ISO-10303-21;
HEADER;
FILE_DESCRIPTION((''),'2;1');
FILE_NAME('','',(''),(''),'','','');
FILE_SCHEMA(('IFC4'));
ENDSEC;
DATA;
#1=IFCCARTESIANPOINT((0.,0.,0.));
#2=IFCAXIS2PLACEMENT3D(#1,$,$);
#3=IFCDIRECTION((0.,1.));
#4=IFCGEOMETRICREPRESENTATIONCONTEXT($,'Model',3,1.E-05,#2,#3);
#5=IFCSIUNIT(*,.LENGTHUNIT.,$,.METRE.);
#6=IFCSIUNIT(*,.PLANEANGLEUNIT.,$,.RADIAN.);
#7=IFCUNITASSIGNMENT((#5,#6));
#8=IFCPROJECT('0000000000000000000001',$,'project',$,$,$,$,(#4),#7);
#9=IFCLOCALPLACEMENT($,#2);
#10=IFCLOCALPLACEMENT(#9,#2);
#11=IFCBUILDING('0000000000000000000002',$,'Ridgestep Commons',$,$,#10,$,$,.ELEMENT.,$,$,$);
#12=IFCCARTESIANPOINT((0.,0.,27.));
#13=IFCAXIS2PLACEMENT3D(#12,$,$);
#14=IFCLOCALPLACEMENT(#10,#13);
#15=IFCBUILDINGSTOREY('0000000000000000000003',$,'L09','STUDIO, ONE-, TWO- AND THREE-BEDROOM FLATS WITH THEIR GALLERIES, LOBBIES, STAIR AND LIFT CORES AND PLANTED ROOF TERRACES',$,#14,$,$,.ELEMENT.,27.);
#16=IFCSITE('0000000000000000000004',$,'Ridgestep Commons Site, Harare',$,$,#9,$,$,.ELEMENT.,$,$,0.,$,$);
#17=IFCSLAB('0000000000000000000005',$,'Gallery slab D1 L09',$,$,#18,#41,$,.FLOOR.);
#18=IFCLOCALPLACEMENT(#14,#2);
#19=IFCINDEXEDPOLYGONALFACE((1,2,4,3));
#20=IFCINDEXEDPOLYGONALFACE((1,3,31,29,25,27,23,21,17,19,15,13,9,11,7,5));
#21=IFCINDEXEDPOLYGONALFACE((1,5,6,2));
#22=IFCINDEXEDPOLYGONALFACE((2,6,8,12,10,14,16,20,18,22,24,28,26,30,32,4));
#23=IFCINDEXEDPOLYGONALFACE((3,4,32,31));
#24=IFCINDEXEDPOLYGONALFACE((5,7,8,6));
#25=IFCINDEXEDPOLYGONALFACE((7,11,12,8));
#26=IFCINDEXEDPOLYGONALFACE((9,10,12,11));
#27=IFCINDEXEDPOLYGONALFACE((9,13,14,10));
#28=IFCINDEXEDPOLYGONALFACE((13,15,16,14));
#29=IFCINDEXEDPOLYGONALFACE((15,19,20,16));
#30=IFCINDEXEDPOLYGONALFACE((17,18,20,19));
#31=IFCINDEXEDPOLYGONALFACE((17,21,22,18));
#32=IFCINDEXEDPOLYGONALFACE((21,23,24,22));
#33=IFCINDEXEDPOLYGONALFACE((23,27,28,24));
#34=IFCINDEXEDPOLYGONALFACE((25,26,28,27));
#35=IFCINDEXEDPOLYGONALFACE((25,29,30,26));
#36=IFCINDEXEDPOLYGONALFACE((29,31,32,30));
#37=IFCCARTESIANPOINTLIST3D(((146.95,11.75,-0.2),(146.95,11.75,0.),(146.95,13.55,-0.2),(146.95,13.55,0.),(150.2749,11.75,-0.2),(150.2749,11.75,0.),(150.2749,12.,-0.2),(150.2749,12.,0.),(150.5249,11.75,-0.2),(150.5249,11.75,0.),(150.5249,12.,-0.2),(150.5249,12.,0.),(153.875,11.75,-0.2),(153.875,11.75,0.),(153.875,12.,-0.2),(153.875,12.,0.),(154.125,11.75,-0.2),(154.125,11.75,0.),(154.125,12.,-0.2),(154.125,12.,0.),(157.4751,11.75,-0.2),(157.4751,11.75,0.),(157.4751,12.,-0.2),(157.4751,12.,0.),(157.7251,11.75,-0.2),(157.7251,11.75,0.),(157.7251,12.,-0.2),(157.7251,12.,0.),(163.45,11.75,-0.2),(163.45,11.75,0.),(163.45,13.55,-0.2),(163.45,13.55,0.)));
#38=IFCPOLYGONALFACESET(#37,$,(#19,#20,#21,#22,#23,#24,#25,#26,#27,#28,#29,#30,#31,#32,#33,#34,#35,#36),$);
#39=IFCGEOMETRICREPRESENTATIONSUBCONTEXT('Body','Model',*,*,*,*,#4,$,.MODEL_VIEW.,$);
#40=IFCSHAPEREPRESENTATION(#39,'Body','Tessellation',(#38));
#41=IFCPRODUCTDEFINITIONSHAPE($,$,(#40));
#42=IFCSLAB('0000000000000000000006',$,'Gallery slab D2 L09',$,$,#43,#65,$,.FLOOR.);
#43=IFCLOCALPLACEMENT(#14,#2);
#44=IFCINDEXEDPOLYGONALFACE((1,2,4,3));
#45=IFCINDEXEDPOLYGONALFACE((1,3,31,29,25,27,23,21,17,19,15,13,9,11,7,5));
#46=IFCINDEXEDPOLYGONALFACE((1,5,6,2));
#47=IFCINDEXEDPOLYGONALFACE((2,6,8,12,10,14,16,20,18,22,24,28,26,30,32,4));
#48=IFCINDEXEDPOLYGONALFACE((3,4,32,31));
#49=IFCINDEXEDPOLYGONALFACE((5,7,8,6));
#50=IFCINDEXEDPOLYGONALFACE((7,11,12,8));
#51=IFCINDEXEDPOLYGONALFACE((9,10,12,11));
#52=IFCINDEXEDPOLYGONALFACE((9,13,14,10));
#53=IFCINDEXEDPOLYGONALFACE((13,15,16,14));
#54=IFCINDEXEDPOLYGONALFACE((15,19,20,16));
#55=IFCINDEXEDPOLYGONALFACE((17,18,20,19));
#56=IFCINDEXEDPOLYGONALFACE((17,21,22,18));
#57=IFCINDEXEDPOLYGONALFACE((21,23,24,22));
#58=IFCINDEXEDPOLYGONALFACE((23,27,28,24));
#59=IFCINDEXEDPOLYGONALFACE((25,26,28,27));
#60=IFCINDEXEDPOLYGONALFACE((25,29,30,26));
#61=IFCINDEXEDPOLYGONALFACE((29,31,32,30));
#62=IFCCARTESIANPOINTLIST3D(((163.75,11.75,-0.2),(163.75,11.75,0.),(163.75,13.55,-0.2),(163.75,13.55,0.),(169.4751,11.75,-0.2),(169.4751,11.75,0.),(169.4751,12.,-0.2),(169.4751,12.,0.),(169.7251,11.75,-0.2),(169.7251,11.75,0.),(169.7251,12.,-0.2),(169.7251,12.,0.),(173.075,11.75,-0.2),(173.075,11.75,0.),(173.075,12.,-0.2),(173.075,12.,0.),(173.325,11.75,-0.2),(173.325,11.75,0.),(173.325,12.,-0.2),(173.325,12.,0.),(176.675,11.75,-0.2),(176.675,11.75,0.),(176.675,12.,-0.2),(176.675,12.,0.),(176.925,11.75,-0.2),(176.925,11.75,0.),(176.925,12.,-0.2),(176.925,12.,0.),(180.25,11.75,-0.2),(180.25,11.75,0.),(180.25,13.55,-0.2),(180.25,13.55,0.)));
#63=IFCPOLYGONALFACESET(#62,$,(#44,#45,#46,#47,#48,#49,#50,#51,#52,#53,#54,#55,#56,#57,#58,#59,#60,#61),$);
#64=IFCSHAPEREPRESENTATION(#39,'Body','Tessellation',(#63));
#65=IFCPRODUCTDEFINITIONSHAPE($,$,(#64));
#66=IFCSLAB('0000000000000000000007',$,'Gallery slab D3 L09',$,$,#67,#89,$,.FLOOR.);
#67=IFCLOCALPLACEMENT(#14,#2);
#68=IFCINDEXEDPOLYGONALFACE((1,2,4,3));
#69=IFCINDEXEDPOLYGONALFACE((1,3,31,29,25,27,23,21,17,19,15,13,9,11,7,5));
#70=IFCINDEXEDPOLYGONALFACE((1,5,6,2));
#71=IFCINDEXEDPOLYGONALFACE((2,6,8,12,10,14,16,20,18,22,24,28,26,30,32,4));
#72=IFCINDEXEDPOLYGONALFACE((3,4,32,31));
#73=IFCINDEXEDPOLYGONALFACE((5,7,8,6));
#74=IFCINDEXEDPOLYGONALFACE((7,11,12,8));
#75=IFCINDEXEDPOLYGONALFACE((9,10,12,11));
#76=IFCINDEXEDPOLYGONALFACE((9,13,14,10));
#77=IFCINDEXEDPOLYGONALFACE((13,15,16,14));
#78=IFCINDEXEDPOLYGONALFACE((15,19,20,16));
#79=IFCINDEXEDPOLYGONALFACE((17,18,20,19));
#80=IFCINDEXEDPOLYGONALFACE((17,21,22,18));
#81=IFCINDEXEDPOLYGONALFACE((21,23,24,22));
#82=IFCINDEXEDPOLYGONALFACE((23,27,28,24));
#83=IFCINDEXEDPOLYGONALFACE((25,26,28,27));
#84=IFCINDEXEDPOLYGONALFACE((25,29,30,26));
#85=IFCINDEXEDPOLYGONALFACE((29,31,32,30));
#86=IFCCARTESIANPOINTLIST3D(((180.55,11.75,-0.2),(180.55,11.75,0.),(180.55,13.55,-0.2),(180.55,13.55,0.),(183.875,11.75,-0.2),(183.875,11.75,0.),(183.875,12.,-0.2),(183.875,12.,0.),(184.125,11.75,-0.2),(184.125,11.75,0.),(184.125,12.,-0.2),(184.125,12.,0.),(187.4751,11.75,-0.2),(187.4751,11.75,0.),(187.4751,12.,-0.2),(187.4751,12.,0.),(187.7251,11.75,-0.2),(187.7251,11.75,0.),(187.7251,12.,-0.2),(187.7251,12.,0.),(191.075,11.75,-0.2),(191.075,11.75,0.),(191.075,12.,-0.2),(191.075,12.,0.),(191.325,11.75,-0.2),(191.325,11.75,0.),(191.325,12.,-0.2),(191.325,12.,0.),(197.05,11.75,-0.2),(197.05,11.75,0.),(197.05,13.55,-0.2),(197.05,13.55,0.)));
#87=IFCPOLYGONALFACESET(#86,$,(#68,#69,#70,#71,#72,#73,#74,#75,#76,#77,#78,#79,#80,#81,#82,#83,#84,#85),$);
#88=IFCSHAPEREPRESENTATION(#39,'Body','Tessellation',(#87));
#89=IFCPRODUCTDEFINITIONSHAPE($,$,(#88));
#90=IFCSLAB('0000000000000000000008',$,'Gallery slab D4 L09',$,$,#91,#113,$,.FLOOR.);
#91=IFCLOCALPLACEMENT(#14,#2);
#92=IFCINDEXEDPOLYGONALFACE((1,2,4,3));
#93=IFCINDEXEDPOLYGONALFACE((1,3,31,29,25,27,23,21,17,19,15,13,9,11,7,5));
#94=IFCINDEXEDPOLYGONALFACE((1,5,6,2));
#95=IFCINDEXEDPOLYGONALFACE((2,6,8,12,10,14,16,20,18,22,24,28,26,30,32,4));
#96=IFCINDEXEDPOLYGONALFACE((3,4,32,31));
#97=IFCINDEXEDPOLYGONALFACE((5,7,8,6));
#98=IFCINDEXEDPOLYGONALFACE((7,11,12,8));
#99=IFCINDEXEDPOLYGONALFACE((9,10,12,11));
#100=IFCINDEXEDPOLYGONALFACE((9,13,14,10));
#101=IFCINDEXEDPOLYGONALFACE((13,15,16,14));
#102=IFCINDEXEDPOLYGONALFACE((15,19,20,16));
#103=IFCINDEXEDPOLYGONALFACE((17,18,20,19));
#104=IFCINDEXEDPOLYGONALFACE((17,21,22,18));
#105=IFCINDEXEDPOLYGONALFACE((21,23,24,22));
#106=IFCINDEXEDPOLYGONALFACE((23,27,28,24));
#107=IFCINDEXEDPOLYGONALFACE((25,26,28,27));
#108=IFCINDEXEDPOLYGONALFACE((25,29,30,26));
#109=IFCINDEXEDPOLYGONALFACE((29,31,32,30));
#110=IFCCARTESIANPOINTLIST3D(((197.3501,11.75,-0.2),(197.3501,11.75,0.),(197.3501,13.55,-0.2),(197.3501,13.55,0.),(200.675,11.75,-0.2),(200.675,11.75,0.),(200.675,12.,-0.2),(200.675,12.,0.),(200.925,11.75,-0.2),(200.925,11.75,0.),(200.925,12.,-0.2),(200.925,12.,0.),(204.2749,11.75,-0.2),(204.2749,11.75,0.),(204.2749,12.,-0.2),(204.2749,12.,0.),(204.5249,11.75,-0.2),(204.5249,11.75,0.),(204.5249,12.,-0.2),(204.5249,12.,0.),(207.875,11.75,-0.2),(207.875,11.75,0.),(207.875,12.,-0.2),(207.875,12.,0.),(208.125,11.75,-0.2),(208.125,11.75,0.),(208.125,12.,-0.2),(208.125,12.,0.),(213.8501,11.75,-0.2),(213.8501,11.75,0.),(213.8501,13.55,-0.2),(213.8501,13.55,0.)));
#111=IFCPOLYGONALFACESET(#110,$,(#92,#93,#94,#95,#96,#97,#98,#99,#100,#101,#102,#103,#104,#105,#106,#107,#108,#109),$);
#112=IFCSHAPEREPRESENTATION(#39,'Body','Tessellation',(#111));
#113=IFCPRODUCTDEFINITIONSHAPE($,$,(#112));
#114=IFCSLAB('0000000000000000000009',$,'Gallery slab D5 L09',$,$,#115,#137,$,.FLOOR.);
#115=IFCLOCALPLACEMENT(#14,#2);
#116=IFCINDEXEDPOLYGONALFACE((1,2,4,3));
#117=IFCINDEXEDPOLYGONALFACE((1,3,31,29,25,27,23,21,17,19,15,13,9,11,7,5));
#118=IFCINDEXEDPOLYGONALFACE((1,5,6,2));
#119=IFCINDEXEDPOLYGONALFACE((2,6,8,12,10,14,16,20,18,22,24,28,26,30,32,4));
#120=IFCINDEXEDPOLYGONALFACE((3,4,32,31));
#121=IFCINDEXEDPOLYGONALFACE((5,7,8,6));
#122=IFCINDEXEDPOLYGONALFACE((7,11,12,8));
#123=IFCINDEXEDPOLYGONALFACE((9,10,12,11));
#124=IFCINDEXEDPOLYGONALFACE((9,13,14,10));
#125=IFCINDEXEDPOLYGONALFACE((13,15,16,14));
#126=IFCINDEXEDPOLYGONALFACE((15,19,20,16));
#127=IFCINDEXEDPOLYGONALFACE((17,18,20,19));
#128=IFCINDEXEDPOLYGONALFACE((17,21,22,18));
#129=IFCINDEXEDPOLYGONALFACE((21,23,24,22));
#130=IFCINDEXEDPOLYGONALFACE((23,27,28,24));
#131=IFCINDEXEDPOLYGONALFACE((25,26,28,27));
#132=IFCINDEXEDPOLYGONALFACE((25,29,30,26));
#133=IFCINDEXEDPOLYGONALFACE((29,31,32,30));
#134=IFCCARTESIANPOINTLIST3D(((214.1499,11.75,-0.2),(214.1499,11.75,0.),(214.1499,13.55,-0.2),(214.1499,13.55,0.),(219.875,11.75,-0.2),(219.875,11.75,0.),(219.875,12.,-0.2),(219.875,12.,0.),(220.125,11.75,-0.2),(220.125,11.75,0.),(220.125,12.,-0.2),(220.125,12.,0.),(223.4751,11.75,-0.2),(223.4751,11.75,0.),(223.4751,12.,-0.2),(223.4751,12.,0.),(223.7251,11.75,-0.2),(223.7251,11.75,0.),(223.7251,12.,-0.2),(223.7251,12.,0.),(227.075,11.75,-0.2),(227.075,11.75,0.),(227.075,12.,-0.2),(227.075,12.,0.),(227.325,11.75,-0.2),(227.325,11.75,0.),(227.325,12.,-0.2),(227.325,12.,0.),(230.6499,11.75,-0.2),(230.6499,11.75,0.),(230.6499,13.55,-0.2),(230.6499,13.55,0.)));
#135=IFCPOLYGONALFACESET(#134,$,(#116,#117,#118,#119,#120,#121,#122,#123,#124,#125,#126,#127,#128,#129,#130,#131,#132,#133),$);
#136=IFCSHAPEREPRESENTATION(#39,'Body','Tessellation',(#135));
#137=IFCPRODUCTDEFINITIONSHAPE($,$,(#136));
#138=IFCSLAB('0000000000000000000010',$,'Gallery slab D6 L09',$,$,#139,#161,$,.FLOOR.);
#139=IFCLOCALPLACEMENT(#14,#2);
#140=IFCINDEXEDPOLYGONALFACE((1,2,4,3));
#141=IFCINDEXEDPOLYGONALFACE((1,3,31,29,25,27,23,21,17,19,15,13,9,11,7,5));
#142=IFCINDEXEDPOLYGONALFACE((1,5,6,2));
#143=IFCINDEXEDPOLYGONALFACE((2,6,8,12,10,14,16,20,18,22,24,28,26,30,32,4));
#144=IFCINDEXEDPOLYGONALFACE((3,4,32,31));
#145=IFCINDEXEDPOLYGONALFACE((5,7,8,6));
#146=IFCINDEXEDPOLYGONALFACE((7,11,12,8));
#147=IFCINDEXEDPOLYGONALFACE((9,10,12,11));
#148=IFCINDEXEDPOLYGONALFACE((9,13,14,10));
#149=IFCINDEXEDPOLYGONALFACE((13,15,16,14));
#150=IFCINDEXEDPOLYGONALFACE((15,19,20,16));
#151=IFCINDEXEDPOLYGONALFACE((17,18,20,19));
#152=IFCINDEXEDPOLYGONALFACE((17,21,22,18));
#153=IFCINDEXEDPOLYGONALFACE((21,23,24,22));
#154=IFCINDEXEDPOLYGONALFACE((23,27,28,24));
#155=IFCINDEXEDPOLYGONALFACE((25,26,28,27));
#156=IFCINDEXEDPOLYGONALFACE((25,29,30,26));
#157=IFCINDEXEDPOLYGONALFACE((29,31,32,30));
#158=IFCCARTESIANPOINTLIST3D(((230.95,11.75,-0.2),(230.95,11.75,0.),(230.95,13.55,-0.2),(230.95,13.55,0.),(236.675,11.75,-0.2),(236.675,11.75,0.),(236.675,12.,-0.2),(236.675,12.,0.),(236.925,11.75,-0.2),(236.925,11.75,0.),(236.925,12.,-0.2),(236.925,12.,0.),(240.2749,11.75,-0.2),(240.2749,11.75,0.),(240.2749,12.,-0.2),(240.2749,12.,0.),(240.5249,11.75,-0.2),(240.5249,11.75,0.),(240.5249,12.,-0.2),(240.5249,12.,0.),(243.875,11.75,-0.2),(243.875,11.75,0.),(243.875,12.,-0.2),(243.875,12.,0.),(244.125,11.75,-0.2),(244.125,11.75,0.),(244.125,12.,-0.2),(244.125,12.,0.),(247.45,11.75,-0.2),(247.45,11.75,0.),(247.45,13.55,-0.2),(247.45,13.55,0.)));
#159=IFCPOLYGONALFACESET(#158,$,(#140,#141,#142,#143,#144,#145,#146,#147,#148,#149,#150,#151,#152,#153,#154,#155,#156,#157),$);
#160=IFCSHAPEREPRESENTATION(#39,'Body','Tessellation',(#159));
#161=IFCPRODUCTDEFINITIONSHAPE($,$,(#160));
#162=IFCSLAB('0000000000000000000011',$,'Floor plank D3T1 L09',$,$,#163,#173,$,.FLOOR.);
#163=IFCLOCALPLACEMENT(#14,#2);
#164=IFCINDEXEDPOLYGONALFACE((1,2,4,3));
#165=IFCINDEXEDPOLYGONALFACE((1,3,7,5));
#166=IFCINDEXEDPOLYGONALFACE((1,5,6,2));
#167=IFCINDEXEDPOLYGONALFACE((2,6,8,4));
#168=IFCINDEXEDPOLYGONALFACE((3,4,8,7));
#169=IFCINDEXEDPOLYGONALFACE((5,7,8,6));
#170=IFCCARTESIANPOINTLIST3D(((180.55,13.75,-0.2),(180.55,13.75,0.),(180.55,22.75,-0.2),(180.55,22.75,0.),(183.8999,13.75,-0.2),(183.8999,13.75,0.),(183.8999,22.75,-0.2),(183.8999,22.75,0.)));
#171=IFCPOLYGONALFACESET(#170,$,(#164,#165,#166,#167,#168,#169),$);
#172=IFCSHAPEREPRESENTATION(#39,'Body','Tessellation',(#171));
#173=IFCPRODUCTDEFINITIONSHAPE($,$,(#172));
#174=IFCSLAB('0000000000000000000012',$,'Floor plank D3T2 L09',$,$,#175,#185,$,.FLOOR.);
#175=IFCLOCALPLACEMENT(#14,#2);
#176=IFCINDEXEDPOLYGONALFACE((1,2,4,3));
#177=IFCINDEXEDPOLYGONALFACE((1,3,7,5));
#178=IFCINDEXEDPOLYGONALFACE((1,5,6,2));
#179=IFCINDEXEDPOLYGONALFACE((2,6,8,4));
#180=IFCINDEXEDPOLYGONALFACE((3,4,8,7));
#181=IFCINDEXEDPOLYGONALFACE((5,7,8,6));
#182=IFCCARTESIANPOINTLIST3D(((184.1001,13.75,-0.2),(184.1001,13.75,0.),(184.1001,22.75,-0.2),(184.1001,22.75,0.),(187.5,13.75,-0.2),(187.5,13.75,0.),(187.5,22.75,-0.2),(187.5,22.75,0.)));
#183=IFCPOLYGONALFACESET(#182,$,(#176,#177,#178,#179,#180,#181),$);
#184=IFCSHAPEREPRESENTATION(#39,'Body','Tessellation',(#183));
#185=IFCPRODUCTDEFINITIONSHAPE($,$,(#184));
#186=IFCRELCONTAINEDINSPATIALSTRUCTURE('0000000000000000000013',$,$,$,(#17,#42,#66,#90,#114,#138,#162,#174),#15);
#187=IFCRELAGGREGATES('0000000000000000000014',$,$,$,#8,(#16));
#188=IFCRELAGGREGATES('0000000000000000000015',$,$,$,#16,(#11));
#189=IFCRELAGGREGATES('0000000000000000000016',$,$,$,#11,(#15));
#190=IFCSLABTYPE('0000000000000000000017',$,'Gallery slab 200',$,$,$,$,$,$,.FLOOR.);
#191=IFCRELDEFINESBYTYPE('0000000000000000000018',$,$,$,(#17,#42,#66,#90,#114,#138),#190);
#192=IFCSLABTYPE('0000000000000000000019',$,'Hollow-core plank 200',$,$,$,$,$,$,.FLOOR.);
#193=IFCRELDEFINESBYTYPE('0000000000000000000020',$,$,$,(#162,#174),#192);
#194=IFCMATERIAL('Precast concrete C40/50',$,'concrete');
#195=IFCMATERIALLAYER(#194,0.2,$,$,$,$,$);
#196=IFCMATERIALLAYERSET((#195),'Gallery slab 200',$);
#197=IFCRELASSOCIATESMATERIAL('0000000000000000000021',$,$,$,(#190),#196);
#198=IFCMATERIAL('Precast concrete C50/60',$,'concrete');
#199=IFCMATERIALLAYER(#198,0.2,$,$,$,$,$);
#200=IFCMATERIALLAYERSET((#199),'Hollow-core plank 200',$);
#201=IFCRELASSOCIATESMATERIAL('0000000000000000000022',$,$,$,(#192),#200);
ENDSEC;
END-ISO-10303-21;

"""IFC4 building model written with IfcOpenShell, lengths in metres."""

from ifc_helpers import new_model, si_unit, direction, frame, origin, place, context, subcontext, project, spatial, polyline, outline, extrude, material, layer, layer_set, type_object, element, save


model = new_model("IFC4")

# Units and contexts
model_context = context("Model", 3, precision=1e-05, world=origin(), true_north=direction((0.0, 1.0)))
body_context = subcontext(model_context, "Body", "Model", "MODEL_VIEW")
ifc_project = project(units=[si_unit("LENGTHUNIT", "METRE"), si_unit("PLANEANGLEUNIT", "RADIAN")], contexts=[model_context])

# Site, building, storey
site_placement = place(None, origin())
site = spatial("IfcSite", under=ifc_project, at=site_placement, Name="Ridgestep Commons Site, Harare", CompositionType="ELEMENT", RefElevation=0.0)
building_placement = place(site_placement, origin())
building = spatial("IfcBuilding", under=site, at=building_placement, Name="Ridgestep Commons", CompositionType="ELEMENT")
storey_placement = place(building_placement, frame((0.0, 0.0, 27.0)))
storey = spatial("IfcBuildingStorey", under=building, at=storey_placement, Name="L09", Description="STUDIO, ONE-, TWO- AND THREE-BEDROOM FLATS WITH THEIR GALLERIES, LOBBIES, STAIR AND LIFT CORES AND PLANTED ROOF TERRACES", CompositionType="ELEMENT", Elevation=27.0)

# Slabs
ifc_material_1 = material(Name="Precast concrete C40/50", Category="concrete")
ifc_layer_1 = layer(ifc_material_1, 0.2)
ifc_layer_set_1 = layer_set([ifc_layer_1], Name="Gallery slab 200")
slab_type_1 = type_object("IfcSlabType", Name="Gallery slab 200", PredefinedType="FLOOR", material=ifc_layer_set_1)
slab_1_placement = place(storey_placement, frame((0.0, 0.0, -0.2)))
element("IfcSlab", 1, at=slab_1_placement, inside=storey, type_object=slab_type_1, Name="Gallery slab D1 L09", PredefinedType="FLOOR", context=body_context, shape_type="SweptSolid", body=[
    extrude(outline(polyline([(163.45, 13.55), (146.95, 13.55), (146.95, 11.75), (150.2749, 11.75), (150.2749, 12.0), (150.5249, 12.0), (150.5249, 11.75), (153.875, 11.75), (153.875, 12.0), (154.125, 12.0), (154.125, 11.75), (157.4751, 11.75), (157.4751, 12.0), (157.7251, 12.0), (157.7251, 11.75), (163.45, 11.75), (163.45, 13.55)])), origin(), (0.0, 0.0, 1.0), 0.2),
])
slab_2_placement = place(storey_placement, frame((0.0, 0.0, -0.2)))
element("IfcSlab", 2, at=slab_2_placement, inside=storey, type_object=slab_type_1, Name="Gallery slab D2 L09", PredefinedType="FLOOR", context=body_context, shape_type="SweptSolid", body=[
    extrude(outline(polyline([(180.25, 13.55), (163.75, 13.55), (163.75, 11.75), (169.4751, 11.75), (169.4751, 12.0), (169.7251, 12.0), (169.7251, 11.75), (173.075, 11.75), (173.075, 12.0), (173.325, 12.0), (173.325, 11.75), (176.675, 11.75), (176.675, 12.0), (176.925, 12.0), (176.925, 11.75), (180.25, 11.75), (180.25, 13.55)])), origin(), (0.0, 0.0, 1.0), 0.2),
])
slab_3_placement = place(storey_placement, frame((0.0, 0.0, -0.2)))
element("IfcSlab", 3, at=slab_3_placement, inside=storey, type_object=slab_type_1, Name="Gallery slab D3 L09", PredefinedType="FLOOR", context=body_context, shape_type="SweptSolid", body=[
    extrude(outline(polyline([(197.05, 13.55), (180.55, 13.55), (180.55, 11.75), (183.875, 11.75), (183.875, 12.0), (184.125, 12.0), (184.125, 11.75), (187.4751, 11.75), (187.4751, 12.0), (187.7251, 12.0), (187.7251, 11.75), (191.075, 11.75), (191.075, 12.0), (191.325, 12.0), (191.325, 11.75), (197.05, 11.75), (197.05, 13.55)])), origin(), (0.0, 0.0, 1.0), 0.2),
])
slab_4_placement = place(storey_placement, frame((0.0, 0.0, -0.2)))
element("IfcSlab", 4, at=slab_4_placement, inside=storey, type_object=slab_type_1, Name="Gallery slab D4 L09", PredefinedType="FLOOR", context=body_context, shape_type="SweptSolid", body=[
    extrude(outline(polyline([(213.8501, 13.55), (197.3501, 13.55), (197.3501, 11.75), (200.675, 11.75), (200.675, 12.0), (200.925, 12.0), (200.925, 11.75), (204.2749, 11.75), (204.2749, 12.0), (204.5249, 12.0), (204.5249, 11.75), (207.875, 11.75), (207.875, 12.0), (208.125, 12.0), (208.125, 11.75), (213.8501, 11.75), (213.8501, 13.55)])), origin(), (0.0, 0.0, 1.0), 0.2),
])
slab_5_placement = place(storey_placement, frame((0.0, 0.0, -0.2)))
element("IfcSlab", 5, at=slab_5_placement, inside=storey, type_object=slab_type_1, Name="Gallery slab D5 L09", PredefinedType="FLOOR", context=body_context, shape_type="SweptSolid", body=[
    extrude(outline(polyline([(230.6499, 13.55), (214.1499, 13.55), (214.1499, 11.75), (219.875, 11.75), (219.875, 12.0), (220.125, 12.0), (220.125, 11.75), (223.4751, 11.75), (223.4751, 12.0), (223.7251, 12.0), (223.7251, 11.75), (227.075, 11.75), (227.075, 12.0), (227.325, 12.0), (227.325, 11.75), (230.6499, 11.75), (230.6499, 13.55)])), origin(), (0.0, 0.0, 1.0), 0.2),
])
slab_6_placement = place(storey_placement, frame((0.0, 0.0, -0.2)))
element("IfcSlab", 6, at=slab_6_placement, inside=storey, type_object=slab_type_1, Name="Gallery slab D6 L09", PredefinedType="FLOOR", context=body_context, shape_type="SweptSolid", body=[
    extrude(outline(polyline([(247.45, 13.55), (230.95, 13.55), (230.95, 11.75), (236.675, 11.75), (236.675, 12.0), (236.925, 12.0), (236.925, 11.75), (240.2749, 11.75), (240.2749, 12.0), (240.5249, 12.0), (240.5249, 11.75), (243.875, 11.75), (243.875, 12.0), (244.125, 12.0), (244.125, 11.75), (247.45, 11.75), (247.45, 13.55)])), origin(), (0.0, 0.0, 1.0), 0.2),
])
ifc_material_2 = material(Name="Precast concrete C50/60", Category="concrete")
ifc_layer_2 = layer(ifc_material_2, 0.2)
ifc_layer_set_2 = layer_set([ifc_layer_2], Name="Hollow-core plank 200")
slab_type_2 = type_object("IfcSlabType", Name="Hollow-core plank 200", PredefinedType="FLOOR", material=ifc_layer_set_2)
slab_7_placement = place(storey_placement, frame((0.0, 0.0, -0.2)))
element("IfcSlab", 7, at=slab_7_placement, inside=storey, type_object=slab_type_2, Name="Floor plank D3T1 L09", PredefinedType="FLOOR", context=body_context, shape_type="SweptSolid", body=[
    extrude(outline(polyline([(183.8999, 13.75), (183.8999, 22.75), (180.55, 22.75), (180.55, 13.75), (183.8999, 13.75)])), origin(), (0.0, 0.0, 1.0), 0.2),
])
slab_8_placement = place(storey_placement, frame((0.0, 0.0, -0.2)))
element("IfcSlab", 8, at=slab_8_placement, inside=storey, type_object=slab_type_2, Name="Floor plank D3T2 L09", PredefinedType="FLOOR", context=body_context, shape_type="SweptSolid", body=[
    extrude(outline(polyline([(187.5, 13.75), (187.5, 22.75), (184.1001, 22.75), (184.1001, 13.75), (187.5, 13.75)])), origin(), (0.0, 0.0, 1.0), 0.2),
])

save(model, "model.ifc")
